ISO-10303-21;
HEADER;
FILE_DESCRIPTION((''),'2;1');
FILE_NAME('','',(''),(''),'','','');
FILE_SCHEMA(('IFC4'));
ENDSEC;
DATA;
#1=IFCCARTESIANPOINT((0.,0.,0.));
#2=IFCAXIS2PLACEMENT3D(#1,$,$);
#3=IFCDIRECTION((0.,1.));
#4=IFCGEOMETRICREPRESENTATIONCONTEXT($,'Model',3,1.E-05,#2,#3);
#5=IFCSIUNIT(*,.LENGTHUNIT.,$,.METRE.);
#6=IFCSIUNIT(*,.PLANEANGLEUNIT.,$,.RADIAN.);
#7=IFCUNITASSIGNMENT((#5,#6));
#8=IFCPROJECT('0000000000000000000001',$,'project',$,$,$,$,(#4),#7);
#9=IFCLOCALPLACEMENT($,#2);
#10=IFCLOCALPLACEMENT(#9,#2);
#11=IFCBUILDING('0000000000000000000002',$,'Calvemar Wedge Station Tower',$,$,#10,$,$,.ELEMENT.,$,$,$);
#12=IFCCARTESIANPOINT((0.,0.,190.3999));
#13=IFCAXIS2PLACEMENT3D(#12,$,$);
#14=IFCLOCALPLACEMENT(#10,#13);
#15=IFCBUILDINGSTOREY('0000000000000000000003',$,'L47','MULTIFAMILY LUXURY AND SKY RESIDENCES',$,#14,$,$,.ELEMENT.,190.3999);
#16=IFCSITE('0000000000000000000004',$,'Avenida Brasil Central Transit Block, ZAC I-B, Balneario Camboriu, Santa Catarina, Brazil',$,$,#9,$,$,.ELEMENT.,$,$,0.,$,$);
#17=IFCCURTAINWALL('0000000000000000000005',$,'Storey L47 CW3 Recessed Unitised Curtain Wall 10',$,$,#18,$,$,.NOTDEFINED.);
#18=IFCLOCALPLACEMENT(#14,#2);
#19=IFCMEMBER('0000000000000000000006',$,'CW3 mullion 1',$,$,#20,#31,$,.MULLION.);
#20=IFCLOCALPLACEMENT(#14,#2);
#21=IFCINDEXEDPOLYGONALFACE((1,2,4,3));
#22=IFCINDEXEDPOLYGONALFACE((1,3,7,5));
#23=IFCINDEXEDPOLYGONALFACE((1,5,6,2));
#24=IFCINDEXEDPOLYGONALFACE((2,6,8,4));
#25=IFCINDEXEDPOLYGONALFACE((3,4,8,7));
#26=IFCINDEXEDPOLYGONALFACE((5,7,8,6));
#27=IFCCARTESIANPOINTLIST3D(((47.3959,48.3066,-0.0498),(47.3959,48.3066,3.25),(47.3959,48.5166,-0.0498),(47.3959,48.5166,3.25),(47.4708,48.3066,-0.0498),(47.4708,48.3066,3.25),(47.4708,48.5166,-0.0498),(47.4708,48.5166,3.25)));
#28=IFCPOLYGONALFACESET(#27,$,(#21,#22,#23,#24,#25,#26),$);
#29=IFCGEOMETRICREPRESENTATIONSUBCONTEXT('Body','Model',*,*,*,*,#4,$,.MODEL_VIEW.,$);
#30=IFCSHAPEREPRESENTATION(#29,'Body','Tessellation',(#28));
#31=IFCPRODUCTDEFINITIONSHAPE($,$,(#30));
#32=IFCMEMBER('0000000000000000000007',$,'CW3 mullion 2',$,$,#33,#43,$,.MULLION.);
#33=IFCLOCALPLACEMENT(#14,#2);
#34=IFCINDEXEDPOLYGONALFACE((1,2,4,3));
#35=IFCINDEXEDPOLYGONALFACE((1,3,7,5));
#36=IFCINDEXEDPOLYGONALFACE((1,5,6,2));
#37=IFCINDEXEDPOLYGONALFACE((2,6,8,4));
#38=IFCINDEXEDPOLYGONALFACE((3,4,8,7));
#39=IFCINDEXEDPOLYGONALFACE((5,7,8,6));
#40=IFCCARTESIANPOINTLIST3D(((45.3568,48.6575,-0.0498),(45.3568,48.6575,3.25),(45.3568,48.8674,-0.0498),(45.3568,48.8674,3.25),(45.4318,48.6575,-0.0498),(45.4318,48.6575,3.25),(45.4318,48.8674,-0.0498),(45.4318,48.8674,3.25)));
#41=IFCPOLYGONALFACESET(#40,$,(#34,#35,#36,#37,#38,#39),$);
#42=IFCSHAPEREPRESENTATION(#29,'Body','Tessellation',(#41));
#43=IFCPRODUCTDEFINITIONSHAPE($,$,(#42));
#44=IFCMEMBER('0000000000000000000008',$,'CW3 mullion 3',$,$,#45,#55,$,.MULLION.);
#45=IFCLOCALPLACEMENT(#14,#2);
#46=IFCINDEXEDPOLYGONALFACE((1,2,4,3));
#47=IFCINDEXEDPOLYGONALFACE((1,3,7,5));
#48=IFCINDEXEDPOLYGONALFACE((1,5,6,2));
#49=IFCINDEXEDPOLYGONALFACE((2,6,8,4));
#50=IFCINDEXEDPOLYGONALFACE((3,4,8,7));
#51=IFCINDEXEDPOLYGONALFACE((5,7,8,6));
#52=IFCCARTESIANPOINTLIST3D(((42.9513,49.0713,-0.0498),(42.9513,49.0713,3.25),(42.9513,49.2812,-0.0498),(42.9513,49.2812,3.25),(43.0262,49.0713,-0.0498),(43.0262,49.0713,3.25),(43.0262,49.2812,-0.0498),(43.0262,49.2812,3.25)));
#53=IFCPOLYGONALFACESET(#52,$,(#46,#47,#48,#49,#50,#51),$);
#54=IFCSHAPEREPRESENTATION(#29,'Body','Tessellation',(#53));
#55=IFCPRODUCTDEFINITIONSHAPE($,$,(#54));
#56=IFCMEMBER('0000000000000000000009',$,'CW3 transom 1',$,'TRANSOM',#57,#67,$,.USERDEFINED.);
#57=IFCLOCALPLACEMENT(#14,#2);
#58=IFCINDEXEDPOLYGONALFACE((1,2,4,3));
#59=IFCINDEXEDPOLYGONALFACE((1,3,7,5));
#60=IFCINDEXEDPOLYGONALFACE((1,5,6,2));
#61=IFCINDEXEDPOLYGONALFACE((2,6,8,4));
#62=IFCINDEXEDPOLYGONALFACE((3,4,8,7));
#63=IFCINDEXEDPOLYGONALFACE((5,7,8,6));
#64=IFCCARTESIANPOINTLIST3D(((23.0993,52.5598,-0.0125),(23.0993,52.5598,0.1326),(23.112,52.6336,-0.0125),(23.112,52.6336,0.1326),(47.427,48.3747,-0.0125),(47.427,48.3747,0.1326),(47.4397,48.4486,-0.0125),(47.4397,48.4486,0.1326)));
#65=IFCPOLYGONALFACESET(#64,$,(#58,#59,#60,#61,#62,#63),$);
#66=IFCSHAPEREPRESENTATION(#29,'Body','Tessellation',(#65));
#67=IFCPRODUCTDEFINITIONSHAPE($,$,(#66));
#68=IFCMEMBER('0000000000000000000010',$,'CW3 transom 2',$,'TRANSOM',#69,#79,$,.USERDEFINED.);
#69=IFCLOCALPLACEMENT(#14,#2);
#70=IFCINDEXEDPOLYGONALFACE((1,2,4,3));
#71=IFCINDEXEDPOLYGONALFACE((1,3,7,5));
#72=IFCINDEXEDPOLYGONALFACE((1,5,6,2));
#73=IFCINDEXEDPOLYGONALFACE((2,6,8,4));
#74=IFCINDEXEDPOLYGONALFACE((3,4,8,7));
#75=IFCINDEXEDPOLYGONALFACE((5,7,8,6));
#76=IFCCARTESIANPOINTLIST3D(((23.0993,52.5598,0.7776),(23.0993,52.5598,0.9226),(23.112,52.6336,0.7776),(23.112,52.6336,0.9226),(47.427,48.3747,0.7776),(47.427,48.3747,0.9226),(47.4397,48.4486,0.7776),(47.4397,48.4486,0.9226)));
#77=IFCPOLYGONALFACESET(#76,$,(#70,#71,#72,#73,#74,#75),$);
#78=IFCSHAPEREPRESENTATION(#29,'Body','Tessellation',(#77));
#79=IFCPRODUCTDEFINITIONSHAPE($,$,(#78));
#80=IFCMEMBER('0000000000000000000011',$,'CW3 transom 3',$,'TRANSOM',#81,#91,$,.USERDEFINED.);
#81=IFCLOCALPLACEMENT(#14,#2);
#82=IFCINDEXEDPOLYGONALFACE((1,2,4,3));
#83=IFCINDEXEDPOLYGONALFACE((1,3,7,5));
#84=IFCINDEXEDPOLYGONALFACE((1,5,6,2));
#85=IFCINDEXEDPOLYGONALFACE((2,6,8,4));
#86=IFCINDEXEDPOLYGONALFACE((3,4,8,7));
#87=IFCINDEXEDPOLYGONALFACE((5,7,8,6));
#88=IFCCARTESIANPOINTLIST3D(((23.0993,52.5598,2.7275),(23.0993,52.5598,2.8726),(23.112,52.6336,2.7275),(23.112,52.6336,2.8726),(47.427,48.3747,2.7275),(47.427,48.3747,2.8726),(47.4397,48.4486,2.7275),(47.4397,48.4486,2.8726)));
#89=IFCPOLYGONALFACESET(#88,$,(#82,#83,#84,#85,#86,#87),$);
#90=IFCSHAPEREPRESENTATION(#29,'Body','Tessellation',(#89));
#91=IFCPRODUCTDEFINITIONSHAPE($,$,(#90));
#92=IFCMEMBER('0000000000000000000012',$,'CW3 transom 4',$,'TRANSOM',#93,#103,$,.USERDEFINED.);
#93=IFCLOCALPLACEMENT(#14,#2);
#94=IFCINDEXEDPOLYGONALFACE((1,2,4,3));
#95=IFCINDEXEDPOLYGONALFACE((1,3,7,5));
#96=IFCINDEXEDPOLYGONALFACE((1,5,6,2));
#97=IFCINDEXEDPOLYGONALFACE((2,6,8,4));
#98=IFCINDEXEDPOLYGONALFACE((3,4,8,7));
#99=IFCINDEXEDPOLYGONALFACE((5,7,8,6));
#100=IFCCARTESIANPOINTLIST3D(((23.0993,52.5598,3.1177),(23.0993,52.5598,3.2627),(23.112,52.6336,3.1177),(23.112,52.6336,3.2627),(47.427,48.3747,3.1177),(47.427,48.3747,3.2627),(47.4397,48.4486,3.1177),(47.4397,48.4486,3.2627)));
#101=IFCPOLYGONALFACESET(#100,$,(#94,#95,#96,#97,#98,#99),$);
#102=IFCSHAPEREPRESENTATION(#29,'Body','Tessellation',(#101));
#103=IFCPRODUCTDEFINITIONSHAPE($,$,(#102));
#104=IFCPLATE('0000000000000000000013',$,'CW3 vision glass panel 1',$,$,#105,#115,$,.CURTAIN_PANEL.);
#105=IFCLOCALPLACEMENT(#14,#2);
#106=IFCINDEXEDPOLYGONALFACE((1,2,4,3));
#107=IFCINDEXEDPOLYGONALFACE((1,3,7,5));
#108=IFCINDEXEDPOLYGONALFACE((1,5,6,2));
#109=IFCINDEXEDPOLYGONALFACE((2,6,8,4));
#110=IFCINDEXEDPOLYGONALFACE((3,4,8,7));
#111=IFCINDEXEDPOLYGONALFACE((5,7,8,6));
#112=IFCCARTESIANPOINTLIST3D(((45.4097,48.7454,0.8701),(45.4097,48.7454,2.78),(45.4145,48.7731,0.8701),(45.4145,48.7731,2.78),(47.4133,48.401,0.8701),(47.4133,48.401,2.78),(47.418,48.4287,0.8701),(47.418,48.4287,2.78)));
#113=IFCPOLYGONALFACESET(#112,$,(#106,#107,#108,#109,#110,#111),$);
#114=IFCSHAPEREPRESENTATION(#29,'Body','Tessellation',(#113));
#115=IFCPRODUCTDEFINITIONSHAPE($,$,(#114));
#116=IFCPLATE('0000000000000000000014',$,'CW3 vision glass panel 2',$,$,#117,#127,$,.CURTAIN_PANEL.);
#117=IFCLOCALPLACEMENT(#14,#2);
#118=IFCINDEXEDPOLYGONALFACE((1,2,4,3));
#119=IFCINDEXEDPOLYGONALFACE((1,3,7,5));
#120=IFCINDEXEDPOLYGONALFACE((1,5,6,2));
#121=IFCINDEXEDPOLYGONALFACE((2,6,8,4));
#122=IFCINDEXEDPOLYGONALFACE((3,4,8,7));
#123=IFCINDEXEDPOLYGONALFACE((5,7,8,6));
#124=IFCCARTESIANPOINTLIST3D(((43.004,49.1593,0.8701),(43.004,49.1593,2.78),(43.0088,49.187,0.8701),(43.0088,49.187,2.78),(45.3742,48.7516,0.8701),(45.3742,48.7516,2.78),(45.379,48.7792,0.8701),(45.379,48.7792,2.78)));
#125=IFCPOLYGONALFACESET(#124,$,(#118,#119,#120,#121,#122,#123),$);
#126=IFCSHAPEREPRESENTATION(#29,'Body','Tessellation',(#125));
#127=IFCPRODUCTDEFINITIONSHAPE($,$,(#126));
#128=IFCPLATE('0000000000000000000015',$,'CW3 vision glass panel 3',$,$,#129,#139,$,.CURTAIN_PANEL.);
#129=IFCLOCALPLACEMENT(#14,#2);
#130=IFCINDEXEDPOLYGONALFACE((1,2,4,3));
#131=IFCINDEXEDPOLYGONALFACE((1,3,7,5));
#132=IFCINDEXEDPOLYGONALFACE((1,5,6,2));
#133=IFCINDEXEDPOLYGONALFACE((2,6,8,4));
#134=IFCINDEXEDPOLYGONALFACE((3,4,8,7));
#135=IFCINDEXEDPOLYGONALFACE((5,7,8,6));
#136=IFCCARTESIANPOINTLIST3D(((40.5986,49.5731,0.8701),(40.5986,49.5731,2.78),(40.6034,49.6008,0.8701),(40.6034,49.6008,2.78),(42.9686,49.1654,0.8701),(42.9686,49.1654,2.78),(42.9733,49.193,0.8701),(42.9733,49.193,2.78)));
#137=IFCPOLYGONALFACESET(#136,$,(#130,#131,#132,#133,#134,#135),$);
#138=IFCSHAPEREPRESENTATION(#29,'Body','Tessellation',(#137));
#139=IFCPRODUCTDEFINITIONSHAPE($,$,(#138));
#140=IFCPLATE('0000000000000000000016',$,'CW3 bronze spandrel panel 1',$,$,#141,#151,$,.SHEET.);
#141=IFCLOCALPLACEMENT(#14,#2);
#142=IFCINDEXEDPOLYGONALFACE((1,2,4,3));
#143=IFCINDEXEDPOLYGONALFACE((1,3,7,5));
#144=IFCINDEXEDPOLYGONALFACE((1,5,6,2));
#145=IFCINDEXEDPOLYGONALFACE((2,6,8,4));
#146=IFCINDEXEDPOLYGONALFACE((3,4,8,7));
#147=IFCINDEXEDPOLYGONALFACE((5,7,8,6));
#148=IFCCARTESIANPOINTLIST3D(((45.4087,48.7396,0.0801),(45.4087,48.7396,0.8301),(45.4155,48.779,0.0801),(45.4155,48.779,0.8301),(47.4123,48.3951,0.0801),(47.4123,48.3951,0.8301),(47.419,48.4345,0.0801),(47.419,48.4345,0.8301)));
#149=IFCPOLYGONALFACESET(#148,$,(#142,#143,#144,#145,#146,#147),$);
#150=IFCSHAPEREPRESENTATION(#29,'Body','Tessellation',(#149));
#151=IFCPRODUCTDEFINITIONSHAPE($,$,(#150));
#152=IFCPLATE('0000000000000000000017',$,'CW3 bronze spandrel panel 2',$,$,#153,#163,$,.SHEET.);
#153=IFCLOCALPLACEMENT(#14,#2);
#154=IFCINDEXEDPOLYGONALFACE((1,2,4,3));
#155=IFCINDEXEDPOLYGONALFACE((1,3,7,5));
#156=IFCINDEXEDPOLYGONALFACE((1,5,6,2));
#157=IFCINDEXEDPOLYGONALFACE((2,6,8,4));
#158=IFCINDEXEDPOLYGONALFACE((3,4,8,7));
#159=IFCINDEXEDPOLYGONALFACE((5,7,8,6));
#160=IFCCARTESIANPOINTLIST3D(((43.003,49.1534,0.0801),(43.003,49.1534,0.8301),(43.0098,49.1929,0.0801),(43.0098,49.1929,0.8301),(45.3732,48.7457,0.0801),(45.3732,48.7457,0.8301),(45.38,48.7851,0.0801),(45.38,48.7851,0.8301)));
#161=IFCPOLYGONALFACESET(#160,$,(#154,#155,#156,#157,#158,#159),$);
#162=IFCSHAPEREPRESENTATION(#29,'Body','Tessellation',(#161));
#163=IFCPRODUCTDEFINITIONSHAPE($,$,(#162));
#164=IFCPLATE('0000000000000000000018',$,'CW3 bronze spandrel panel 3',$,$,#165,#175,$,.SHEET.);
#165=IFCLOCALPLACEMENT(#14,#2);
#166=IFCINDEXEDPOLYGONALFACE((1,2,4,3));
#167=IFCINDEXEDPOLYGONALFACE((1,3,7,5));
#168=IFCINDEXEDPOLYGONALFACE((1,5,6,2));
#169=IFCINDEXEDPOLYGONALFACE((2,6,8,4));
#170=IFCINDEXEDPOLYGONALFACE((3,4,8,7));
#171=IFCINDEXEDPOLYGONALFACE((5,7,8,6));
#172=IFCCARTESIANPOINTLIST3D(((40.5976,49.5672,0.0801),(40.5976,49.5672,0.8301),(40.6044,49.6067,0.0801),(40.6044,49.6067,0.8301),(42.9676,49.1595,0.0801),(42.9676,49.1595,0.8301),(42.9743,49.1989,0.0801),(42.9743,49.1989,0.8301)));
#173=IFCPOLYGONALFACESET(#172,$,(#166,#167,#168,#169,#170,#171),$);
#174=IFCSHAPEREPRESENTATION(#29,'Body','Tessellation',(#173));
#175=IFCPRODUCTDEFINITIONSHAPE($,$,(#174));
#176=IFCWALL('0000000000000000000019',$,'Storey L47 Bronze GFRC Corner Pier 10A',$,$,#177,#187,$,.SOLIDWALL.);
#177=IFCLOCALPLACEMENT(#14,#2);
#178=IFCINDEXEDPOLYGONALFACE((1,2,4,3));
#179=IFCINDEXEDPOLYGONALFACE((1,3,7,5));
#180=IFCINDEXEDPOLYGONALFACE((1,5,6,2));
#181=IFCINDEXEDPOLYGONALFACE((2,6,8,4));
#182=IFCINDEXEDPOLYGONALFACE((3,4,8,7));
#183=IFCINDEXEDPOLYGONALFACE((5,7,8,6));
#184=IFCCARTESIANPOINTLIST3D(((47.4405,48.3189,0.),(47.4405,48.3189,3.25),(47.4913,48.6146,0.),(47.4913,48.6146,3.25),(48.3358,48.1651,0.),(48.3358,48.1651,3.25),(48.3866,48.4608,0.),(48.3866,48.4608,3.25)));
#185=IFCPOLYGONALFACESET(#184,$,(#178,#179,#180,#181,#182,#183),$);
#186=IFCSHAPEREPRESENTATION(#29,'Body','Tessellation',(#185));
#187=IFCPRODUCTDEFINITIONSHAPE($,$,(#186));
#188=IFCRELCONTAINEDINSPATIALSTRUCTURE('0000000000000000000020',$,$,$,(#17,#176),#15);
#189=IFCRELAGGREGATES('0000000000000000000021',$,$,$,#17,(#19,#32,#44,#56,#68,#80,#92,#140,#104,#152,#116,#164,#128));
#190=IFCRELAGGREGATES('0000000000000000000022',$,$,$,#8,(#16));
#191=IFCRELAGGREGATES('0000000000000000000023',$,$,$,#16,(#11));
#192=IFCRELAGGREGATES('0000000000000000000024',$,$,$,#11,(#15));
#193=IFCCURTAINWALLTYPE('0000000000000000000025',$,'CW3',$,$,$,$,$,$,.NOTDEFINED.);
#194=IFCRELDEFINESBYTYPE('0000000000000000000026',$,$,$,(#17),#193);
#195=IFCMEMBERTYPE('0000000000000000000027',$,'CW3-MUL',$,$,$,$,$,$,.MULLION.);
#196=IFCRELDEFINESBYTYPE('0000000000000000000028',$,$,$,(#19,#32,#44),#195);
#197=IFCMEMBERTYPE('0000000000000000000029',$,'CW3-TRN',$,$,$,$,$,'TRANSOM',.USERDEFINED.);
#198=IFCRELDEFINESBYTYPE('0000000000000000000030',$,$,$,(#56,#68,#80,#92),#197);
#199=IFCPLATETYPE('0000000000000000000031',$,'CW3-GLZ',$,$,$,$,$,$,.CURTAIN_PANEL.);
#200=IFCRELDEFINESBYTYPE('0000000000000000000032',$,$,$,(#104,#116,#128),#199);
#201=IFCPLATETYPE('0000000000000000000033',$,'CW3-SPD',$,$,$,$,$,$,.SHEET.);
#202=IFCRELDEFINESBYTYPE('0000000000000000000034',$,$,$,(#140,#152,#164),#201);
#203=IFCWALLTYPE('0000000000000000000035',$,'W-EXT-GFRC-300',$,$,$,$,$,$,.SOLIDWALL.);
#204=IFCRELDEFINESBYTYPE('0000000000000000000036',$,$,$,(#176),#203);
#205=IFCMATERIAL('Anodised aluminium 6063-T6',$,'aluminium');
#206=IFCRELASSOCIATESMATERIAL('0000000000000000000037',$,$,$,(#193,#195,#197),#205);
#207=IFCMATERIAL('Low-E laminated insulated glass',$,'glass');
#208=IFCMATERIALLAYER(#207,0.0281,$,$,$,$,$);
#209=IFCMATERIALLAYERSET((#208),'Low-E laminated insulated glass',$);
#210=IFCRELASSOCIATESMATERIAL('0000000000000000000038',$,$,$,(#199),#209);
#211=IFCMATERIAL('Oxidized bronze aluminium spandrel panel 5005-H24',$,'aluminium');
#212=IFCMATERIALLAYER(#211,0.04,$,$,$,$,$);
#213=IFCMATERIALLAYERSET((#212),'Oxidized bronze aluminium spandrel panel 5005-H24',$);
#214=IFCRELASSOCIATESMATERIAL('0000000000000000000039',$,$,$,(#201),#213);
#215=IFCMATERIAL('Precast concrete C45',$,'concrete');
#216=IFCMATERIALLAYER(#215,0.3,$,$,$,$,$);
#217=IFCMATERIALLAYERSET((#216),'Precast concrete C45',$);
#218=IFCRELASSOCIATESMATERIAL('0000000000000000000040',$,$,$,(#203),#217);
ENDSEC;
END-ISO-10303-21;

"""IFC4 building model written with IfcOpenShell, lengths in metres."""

from ifc_helpers import new_model, si_unit, direction, frame, frame_2d, origin, origin_2d, place, context, subcontext, project, spatial, rectangle, extrude, source, transform, mapped, material, layer, layer_set, material_profile, profile_set, type_object, element, aggregate, save


model = new_model("IFC4")

# Units and contexts
model_context = context("Model", 3, precision=1e-05, world=origin(), true_north=direction((0.0, 1.0)))
body_context = subcontext(model_context, "Body", "Model", "MODEL_VIEW")
ifc_project = project(units=[si_unit("LENGTHUNIT", "METRE"), si_unit("PLANEANGLEUNIT", "RADIAN")], contexts=[model_context])

# Site, building, storey
site_placement = place(None, origin())
site = spatial("IfcSite", under=ifc_project, at=site_placement, Name="Avenida Brasil Central Transit Block, ZAC I-B, Balneario Camboriu, Santa Catarina, Brazil", CompositionType="ELEMENT", RefElevation=0.0)
building_placement = place(site_placement, origin())
building = spatial("IfcBuilding", under=site, at=building_placement, Name="Calvemar Wedge Station Tower", CompositionType="ELEMENT")
storey_placement = place(building_placement, frame((0.0, 0.0, 190.3999)))
storey = spatial("IfcBuildingStorey", under=building, at=storey_placement, Name="L47", Description="MULTIFAMILY LUXURY AND SKY RESIDENCES", CompositionType="ELEMENT", Elevation=190.3999)

# Curtain wall, members, plates
ifc_material_1 = material(Name="Anodised aluminium 6063-T6", Category="aluminium")
curtain_wall_type = type_object("IfcCurtainWallType", Name="CW3", PredefinedType="NOTDEFINED", material=ifc_material_1)
curtain_wall_placement = place(storey_placement, origin())
curtain_wall = element("IfcCurtainWall", 1, at=curtain_wall_placement, inside=storey, type_object=curtain_wall_type, Name="Storey L47 CW3 Recessed Unitised Curtain Wall 10", PredefinedType="NOTDEFINED")
ifc_material_profile_1 = material_profile(ifc_material_1, rectangle(XDim=0.075, YDim=0.21, at=origin_2d()), Name="AL-MUL-75x210")
ifc_profile_set_1 = profile_set([ifc_material_profile_1], Name="Anodised aluminium 6063-T6")
member_type_1 = type_object("IfcMemberType", Name="CW3-MUL", PredefinedType="MULLION", material=ifc_profile_set_1)
shared_shape_1 = source(origin(), body_context, "Body", "SweptSolid", [
    extrude(rectangle(XDim=0.075, YDim=0.21, at=origin_2d()), origin(), (0.0, 0.0, 1.0), 3.2998),
])
member_1_placement = place(storey_placement, frame((47.4333, 48.4116, -0.0498), z_axis=(0.0, 0.0, 1.0), x_axis=(1.0, 0.0, 0.0)))
member_1 = element("IfcMember", 2, at=member_1_placement, type_object=member_type_1, Name="CW3 mullion 1", PredefinedType="MULLION", context=body_context, shape_type="MappedRepresentation", body=[
    mapped(shared_shape_1, transform((0.0, 0.0, 0.0), scale=1.0)),
])
member_2_placement = place(storey_placement, frame((45.3943, 48.7625, -0.0498), z_axis=(0.0, 0.0, 1.0), x_axis=(1.0, 0.0, 0.0)))
member_2 = element("IfcMember", 3, at=member_2_placement, type_object=member_type_1, Name="CW3 mullion 2", PredefinedType="MULLION", context=body_context, shape_type="MappedRepresentation", body=[
    mapped(shared_shape_1, transform((0.0, 0.0, 0.0), scale=1.0)),
])
member_3_placement = place(storey_placement, frame((42.9888, 49.1763, -0.0498), z_axis=(0.0, 0.0, 1.0), x_axis=(1.0, 0.0, 0.0)))
member_3 = element("IfcMember", 4, at=member_3_placement, type_object=member_type_1, Name="CW3 mullion 3", PredefinedType="MULLION", context=body_context, shape_type="MappedRepresentation", body=[
    mapped(shared_shape_1, transform((0.0, 0.0, 0.0), scale=1.0)),
])
ifc_material_profile_2 = material_profile(ifc_material_1, rectangle(XDim=0.075, YDim=0.145, at=origin_2d()), Name="AL-TRN-75x145")
ifc_profile_set_2 = profile_set([ifc_material_profile_2], Name="Anodised aluminium 6063-T6")
member_type_2 = type_object("IfcMemberType", Name="CW3-TRN", ElementType="TRANSOM", PredefinedType="USERDEFINED", material=ifc_profile_set_2)
shared_shape_2 = source(origin(), body_context, "Body", "SweptSolid", [
    extrude(rectangle(XDim=0.075, YDim=0.145, at=origin_2d()), origin(), (0.0, 0.0, 1.0), 24.6851),
])
member_4_placement = place(storey_placement, frame((47.4333, 48.4116, 0.0601), z_axis=(-0.985524, 0.169539, 0.0), x_axis=(-0.169539, -0.985524, 0.0)))
member_4 = element("IfcMember", 5, at=member_4_placement, type_object=member_type_2, Name="CW3 transom 1", ObjectType="TRANSOM", PredefinedType="USERDEFINED", context=body_context, shape_type="MappedRepresentation", body=[
    mapped(shared_shape_2, transform((0.0, 0.0, 0.0), scale=1.0)),
])
member_5_placement = place(storey_placement, frame((47.4333, 48.4116, 0.8501), z_axis=(-0.985524, 0.169539, 0.0), x_axis=(-0.169539, -0.985524, 0.0)))
member_5 = element("IfcMember", 6, at=member_5_placement, type_object=member_type_2, Name="CW3 transom 2", ObjectType="TRANSOM", PredefinedType="USERDEFINED", context=body_context, shape_type="MappedRepresentation", body=[
    mapped(shared_shape_2, transform((0.0, 0.0, 0.0), scale=1.0)),
])
member_6_placement = place(storey_placement, frame((47.4333, 48.4116, 2.8), z_axis=(-0.985524, 0.169539, 0.0), x_axis=(-0.169539, -0.985524, 0.0)))
member_6 = element("IfcMember", 7, at=member_6_placement, type_object=member_type_2, Name="CW3 transom 3", ObjectType="TRANSOM", PredefinedType="USERDEFINED", context=body_context, shape_type="MappedRepresentation", body=[
    mapped(shared_shape_2, transform((0.0, 0.0, 0.0), scale=1.0)),
])
member_7_placement = place(storey_placement, frame((47.4333, 48.4116, 3.1902), z_axis=(-0.985524, 0.169539, 0.0), x_axis=(-0.169539, -0.985524, 0.0)))
member_7 = element("IfcMember", 8, at=member_7_placement, type_object=member_type_2, Name="CW3 transom 4", ObjectType="TRANSOM", PredefinedType="USERDEFINED", context=body_context, shape_type="MappedRepresentation", body=[
    mapped(shared_shape_2, transform((0.0, 0.0, 0.0), scale=1.0)),
])
ifc_material_2 = material(Name="Low-E laminated insulated glass", Category="glass")
ifc_layer_1 = layer(ifc_material_2, 0.0281)
ifc_layer_set_1 = layer_set([ifc_layer_1], Name="Low-E laminated insulated glass")
plate_type_1 = type_object("IfcPlateType", Name="CW3-GLZ", PredefinedType="CURTAIN_PANEL", material=ifc_layer_set_1)
plate_1_placement = place(storey_placement, frame((47.4158, 48.4148, 0.8701), z_axis=(0.0, 0.0, 1.0), x_axis=(-0.98554, 0.16944, 0.0)))
plate_1 = element("IfcPlate", 9, at=plate_1_placement, type_object=plate_type_1, Name="CW3 vision glass panel 1", PredefinedType="CURTAIN_PANEL", context=body_context, shape_type="SweptSolid", body=[
    extrude(rectangle(XDim=2.033, YDim=0.0281, at=frame_2d((1.0166, 0.0))), origin(), (0.0, 0.0, 1.0), 1.9099),
])
plate_2_placement = place(storey_placement, frame((45.3767, 48.7654, 0.8701), z_axis=(0.0, 0.0, 1.0), x_axis=(-0.985525, 0.169533, 0.0)))
plate_2 = element("IfcPlate", 10, at=plate_2_placement, type_object=plate_type_1, Name="CW3 vision glass panel 2", PredefinedType="CURTAIN_PANEL", context=body_context, shape_type="SweptSolid", body=[
    extrude(rectangle(XDim=2.405, YDim=0.0281, at=frame_2d((1.2026, 0.0))), origin(), (0.0, 0.0, 1.0), 1.9099),
])
plate_3_placement = place(storey_placement, frame((42.9709, 49.1792, 0.8701), z_axis=(0.0, 0.0, 1.0), x_axis=(-0.985522, 0.16955, 0.0)))
plate_3 = element("IfcPlate", 11, at=plate_3_placement, type_object=plate_type_1, Name="CW3 vision glass panel 3", PredefinedType="CURTAIN_PANEL", context=body_context, shape_type="SweptSolid", body=[
    extrude(rectangle(XDim=2.4048, YDim=0.0281, at=frame_2d((1.2024, 0.0))), origin(), (0.0, 0.0, 1.0), 1.9099),
])
ifc_material_3 = material(Name="Oxidized bronze aluminium spandrel panel 5005-H24", Category="aluminium")
ifc_layer_2 = layer(ifc_material_3, 0.04)
ifc_layer_set_2 = layer_set([ifc_layer_2], Name="Oxidized bronze aluminium spandrel panel 5005-H24")
plate_type_2 = type_object("IfcPlateType", Name="CW3-SPD", PredefinedType="SHEET", material=ifc_layer_set_2)
plate_4_placement = place(storey_placement, frame((47.4158, 48.4148, 0.0801), z_axis=(0.0, 0.0, 1.0), x_axis=(-0.98554, 0.16944, 0.0)))
plate_4 = element("IfcPlate", 12, at=plate_4_placement, type_object=plate_type_2, Name="CW3 bronze spandrel panel 1", PredefinedType="SHEET", context=body_context, shape_type="SweptSolid", body=[
    extrude(rectangle(XDim=2.033, YDim=0.04, at=frame_2d((1.0166, 0.0))), origin(), (0.0, 0.0, 1.0), 0.75),
])
plate_5_placement = place(storey_placement, frame((45.3767, 48.7654, 0.0801), z_axis=(0.0, 0.0, 1.0), x_axis=(-0.985525, 0.169533, 0.0)))
plate_5 = element("IfcPlate", 13, at=plate_5_placement, type_object=plate_type_2, Name="CW3 bronze spandrel panel 2", PredefinedType="SHEET", context=body_context, shape_type="SweptSolid", body=[
    extrude(rectangle(XDim=2.405, YDim=0.04, at=frame_2d((1.2026, 0.0))), origin(), (0.0, 0.0, 1.0), 0.75),
])
plate_6_placement = place(storey_placement, frame((42.9709, 49.1792, 0.0801), z_axis=(0.0, 0.0, 1.0), x_axis=(-0.985522, 0.16955, 0.0)))
plate_6 = element("IfcPlate", 14, at=plate_6_placement, type_object=plate_type_2, Name="CW3 bronze spandrel panel 3", PredefinedType="SHEET", context=body_context, shape_type="SweptSolid", body=[
    extrude(rectangle(XDim=2.4048, YDim=0.04, at=frame_2d((1.2024, 0.0))), origin(), (0.0, 0.0, 1.0), 0.75),
])
aggregate(curtain_wall, [member_1, member_2, member_3, member_4, member_5, member_6, member_7, plate_4, plate_1, plate_5, plate_2, plate_6, plate_3])

# Wall
ifc_material_4 = material(Name="Precast concrete C45", Category="concrete")
ifc_layer_3 = layer(ifc_material_4, 0.3)
ifc_layer_set_3 = layer_set([ifc_layer_3], Name="Precast concrete C45")
wall_type_1 = type_object("IfcWallType", Name="W-EXT-GFRC-300", PredefinedType="SOLIDWALL", material=ifc_layer_set_3)
wall_1_placement = place(storey_placement, frame((48.3611, 48.313, 0.0), z_axis=(0.0, 0.0, 1.0), x_axis=(-0.985561, 0.169322, 0.0)))
element("IfcWall", 15, at=wall_1_placement, inside=storey, type_object=wall_type_1, Name="Storey L47 Bronze GFRC Corner Pier 10A", PredefinedType="SOLIDWALL", context=body_context, shape_type="SweptSolid", body=[
    extrude(rectangle(XDim=0.9084, YDim=0.3, at=frame_2d((0.4541, 0.0))), origin(), (0.0, 0.0, 1.0), 3.25),
])

save(model, "model.ifc")
